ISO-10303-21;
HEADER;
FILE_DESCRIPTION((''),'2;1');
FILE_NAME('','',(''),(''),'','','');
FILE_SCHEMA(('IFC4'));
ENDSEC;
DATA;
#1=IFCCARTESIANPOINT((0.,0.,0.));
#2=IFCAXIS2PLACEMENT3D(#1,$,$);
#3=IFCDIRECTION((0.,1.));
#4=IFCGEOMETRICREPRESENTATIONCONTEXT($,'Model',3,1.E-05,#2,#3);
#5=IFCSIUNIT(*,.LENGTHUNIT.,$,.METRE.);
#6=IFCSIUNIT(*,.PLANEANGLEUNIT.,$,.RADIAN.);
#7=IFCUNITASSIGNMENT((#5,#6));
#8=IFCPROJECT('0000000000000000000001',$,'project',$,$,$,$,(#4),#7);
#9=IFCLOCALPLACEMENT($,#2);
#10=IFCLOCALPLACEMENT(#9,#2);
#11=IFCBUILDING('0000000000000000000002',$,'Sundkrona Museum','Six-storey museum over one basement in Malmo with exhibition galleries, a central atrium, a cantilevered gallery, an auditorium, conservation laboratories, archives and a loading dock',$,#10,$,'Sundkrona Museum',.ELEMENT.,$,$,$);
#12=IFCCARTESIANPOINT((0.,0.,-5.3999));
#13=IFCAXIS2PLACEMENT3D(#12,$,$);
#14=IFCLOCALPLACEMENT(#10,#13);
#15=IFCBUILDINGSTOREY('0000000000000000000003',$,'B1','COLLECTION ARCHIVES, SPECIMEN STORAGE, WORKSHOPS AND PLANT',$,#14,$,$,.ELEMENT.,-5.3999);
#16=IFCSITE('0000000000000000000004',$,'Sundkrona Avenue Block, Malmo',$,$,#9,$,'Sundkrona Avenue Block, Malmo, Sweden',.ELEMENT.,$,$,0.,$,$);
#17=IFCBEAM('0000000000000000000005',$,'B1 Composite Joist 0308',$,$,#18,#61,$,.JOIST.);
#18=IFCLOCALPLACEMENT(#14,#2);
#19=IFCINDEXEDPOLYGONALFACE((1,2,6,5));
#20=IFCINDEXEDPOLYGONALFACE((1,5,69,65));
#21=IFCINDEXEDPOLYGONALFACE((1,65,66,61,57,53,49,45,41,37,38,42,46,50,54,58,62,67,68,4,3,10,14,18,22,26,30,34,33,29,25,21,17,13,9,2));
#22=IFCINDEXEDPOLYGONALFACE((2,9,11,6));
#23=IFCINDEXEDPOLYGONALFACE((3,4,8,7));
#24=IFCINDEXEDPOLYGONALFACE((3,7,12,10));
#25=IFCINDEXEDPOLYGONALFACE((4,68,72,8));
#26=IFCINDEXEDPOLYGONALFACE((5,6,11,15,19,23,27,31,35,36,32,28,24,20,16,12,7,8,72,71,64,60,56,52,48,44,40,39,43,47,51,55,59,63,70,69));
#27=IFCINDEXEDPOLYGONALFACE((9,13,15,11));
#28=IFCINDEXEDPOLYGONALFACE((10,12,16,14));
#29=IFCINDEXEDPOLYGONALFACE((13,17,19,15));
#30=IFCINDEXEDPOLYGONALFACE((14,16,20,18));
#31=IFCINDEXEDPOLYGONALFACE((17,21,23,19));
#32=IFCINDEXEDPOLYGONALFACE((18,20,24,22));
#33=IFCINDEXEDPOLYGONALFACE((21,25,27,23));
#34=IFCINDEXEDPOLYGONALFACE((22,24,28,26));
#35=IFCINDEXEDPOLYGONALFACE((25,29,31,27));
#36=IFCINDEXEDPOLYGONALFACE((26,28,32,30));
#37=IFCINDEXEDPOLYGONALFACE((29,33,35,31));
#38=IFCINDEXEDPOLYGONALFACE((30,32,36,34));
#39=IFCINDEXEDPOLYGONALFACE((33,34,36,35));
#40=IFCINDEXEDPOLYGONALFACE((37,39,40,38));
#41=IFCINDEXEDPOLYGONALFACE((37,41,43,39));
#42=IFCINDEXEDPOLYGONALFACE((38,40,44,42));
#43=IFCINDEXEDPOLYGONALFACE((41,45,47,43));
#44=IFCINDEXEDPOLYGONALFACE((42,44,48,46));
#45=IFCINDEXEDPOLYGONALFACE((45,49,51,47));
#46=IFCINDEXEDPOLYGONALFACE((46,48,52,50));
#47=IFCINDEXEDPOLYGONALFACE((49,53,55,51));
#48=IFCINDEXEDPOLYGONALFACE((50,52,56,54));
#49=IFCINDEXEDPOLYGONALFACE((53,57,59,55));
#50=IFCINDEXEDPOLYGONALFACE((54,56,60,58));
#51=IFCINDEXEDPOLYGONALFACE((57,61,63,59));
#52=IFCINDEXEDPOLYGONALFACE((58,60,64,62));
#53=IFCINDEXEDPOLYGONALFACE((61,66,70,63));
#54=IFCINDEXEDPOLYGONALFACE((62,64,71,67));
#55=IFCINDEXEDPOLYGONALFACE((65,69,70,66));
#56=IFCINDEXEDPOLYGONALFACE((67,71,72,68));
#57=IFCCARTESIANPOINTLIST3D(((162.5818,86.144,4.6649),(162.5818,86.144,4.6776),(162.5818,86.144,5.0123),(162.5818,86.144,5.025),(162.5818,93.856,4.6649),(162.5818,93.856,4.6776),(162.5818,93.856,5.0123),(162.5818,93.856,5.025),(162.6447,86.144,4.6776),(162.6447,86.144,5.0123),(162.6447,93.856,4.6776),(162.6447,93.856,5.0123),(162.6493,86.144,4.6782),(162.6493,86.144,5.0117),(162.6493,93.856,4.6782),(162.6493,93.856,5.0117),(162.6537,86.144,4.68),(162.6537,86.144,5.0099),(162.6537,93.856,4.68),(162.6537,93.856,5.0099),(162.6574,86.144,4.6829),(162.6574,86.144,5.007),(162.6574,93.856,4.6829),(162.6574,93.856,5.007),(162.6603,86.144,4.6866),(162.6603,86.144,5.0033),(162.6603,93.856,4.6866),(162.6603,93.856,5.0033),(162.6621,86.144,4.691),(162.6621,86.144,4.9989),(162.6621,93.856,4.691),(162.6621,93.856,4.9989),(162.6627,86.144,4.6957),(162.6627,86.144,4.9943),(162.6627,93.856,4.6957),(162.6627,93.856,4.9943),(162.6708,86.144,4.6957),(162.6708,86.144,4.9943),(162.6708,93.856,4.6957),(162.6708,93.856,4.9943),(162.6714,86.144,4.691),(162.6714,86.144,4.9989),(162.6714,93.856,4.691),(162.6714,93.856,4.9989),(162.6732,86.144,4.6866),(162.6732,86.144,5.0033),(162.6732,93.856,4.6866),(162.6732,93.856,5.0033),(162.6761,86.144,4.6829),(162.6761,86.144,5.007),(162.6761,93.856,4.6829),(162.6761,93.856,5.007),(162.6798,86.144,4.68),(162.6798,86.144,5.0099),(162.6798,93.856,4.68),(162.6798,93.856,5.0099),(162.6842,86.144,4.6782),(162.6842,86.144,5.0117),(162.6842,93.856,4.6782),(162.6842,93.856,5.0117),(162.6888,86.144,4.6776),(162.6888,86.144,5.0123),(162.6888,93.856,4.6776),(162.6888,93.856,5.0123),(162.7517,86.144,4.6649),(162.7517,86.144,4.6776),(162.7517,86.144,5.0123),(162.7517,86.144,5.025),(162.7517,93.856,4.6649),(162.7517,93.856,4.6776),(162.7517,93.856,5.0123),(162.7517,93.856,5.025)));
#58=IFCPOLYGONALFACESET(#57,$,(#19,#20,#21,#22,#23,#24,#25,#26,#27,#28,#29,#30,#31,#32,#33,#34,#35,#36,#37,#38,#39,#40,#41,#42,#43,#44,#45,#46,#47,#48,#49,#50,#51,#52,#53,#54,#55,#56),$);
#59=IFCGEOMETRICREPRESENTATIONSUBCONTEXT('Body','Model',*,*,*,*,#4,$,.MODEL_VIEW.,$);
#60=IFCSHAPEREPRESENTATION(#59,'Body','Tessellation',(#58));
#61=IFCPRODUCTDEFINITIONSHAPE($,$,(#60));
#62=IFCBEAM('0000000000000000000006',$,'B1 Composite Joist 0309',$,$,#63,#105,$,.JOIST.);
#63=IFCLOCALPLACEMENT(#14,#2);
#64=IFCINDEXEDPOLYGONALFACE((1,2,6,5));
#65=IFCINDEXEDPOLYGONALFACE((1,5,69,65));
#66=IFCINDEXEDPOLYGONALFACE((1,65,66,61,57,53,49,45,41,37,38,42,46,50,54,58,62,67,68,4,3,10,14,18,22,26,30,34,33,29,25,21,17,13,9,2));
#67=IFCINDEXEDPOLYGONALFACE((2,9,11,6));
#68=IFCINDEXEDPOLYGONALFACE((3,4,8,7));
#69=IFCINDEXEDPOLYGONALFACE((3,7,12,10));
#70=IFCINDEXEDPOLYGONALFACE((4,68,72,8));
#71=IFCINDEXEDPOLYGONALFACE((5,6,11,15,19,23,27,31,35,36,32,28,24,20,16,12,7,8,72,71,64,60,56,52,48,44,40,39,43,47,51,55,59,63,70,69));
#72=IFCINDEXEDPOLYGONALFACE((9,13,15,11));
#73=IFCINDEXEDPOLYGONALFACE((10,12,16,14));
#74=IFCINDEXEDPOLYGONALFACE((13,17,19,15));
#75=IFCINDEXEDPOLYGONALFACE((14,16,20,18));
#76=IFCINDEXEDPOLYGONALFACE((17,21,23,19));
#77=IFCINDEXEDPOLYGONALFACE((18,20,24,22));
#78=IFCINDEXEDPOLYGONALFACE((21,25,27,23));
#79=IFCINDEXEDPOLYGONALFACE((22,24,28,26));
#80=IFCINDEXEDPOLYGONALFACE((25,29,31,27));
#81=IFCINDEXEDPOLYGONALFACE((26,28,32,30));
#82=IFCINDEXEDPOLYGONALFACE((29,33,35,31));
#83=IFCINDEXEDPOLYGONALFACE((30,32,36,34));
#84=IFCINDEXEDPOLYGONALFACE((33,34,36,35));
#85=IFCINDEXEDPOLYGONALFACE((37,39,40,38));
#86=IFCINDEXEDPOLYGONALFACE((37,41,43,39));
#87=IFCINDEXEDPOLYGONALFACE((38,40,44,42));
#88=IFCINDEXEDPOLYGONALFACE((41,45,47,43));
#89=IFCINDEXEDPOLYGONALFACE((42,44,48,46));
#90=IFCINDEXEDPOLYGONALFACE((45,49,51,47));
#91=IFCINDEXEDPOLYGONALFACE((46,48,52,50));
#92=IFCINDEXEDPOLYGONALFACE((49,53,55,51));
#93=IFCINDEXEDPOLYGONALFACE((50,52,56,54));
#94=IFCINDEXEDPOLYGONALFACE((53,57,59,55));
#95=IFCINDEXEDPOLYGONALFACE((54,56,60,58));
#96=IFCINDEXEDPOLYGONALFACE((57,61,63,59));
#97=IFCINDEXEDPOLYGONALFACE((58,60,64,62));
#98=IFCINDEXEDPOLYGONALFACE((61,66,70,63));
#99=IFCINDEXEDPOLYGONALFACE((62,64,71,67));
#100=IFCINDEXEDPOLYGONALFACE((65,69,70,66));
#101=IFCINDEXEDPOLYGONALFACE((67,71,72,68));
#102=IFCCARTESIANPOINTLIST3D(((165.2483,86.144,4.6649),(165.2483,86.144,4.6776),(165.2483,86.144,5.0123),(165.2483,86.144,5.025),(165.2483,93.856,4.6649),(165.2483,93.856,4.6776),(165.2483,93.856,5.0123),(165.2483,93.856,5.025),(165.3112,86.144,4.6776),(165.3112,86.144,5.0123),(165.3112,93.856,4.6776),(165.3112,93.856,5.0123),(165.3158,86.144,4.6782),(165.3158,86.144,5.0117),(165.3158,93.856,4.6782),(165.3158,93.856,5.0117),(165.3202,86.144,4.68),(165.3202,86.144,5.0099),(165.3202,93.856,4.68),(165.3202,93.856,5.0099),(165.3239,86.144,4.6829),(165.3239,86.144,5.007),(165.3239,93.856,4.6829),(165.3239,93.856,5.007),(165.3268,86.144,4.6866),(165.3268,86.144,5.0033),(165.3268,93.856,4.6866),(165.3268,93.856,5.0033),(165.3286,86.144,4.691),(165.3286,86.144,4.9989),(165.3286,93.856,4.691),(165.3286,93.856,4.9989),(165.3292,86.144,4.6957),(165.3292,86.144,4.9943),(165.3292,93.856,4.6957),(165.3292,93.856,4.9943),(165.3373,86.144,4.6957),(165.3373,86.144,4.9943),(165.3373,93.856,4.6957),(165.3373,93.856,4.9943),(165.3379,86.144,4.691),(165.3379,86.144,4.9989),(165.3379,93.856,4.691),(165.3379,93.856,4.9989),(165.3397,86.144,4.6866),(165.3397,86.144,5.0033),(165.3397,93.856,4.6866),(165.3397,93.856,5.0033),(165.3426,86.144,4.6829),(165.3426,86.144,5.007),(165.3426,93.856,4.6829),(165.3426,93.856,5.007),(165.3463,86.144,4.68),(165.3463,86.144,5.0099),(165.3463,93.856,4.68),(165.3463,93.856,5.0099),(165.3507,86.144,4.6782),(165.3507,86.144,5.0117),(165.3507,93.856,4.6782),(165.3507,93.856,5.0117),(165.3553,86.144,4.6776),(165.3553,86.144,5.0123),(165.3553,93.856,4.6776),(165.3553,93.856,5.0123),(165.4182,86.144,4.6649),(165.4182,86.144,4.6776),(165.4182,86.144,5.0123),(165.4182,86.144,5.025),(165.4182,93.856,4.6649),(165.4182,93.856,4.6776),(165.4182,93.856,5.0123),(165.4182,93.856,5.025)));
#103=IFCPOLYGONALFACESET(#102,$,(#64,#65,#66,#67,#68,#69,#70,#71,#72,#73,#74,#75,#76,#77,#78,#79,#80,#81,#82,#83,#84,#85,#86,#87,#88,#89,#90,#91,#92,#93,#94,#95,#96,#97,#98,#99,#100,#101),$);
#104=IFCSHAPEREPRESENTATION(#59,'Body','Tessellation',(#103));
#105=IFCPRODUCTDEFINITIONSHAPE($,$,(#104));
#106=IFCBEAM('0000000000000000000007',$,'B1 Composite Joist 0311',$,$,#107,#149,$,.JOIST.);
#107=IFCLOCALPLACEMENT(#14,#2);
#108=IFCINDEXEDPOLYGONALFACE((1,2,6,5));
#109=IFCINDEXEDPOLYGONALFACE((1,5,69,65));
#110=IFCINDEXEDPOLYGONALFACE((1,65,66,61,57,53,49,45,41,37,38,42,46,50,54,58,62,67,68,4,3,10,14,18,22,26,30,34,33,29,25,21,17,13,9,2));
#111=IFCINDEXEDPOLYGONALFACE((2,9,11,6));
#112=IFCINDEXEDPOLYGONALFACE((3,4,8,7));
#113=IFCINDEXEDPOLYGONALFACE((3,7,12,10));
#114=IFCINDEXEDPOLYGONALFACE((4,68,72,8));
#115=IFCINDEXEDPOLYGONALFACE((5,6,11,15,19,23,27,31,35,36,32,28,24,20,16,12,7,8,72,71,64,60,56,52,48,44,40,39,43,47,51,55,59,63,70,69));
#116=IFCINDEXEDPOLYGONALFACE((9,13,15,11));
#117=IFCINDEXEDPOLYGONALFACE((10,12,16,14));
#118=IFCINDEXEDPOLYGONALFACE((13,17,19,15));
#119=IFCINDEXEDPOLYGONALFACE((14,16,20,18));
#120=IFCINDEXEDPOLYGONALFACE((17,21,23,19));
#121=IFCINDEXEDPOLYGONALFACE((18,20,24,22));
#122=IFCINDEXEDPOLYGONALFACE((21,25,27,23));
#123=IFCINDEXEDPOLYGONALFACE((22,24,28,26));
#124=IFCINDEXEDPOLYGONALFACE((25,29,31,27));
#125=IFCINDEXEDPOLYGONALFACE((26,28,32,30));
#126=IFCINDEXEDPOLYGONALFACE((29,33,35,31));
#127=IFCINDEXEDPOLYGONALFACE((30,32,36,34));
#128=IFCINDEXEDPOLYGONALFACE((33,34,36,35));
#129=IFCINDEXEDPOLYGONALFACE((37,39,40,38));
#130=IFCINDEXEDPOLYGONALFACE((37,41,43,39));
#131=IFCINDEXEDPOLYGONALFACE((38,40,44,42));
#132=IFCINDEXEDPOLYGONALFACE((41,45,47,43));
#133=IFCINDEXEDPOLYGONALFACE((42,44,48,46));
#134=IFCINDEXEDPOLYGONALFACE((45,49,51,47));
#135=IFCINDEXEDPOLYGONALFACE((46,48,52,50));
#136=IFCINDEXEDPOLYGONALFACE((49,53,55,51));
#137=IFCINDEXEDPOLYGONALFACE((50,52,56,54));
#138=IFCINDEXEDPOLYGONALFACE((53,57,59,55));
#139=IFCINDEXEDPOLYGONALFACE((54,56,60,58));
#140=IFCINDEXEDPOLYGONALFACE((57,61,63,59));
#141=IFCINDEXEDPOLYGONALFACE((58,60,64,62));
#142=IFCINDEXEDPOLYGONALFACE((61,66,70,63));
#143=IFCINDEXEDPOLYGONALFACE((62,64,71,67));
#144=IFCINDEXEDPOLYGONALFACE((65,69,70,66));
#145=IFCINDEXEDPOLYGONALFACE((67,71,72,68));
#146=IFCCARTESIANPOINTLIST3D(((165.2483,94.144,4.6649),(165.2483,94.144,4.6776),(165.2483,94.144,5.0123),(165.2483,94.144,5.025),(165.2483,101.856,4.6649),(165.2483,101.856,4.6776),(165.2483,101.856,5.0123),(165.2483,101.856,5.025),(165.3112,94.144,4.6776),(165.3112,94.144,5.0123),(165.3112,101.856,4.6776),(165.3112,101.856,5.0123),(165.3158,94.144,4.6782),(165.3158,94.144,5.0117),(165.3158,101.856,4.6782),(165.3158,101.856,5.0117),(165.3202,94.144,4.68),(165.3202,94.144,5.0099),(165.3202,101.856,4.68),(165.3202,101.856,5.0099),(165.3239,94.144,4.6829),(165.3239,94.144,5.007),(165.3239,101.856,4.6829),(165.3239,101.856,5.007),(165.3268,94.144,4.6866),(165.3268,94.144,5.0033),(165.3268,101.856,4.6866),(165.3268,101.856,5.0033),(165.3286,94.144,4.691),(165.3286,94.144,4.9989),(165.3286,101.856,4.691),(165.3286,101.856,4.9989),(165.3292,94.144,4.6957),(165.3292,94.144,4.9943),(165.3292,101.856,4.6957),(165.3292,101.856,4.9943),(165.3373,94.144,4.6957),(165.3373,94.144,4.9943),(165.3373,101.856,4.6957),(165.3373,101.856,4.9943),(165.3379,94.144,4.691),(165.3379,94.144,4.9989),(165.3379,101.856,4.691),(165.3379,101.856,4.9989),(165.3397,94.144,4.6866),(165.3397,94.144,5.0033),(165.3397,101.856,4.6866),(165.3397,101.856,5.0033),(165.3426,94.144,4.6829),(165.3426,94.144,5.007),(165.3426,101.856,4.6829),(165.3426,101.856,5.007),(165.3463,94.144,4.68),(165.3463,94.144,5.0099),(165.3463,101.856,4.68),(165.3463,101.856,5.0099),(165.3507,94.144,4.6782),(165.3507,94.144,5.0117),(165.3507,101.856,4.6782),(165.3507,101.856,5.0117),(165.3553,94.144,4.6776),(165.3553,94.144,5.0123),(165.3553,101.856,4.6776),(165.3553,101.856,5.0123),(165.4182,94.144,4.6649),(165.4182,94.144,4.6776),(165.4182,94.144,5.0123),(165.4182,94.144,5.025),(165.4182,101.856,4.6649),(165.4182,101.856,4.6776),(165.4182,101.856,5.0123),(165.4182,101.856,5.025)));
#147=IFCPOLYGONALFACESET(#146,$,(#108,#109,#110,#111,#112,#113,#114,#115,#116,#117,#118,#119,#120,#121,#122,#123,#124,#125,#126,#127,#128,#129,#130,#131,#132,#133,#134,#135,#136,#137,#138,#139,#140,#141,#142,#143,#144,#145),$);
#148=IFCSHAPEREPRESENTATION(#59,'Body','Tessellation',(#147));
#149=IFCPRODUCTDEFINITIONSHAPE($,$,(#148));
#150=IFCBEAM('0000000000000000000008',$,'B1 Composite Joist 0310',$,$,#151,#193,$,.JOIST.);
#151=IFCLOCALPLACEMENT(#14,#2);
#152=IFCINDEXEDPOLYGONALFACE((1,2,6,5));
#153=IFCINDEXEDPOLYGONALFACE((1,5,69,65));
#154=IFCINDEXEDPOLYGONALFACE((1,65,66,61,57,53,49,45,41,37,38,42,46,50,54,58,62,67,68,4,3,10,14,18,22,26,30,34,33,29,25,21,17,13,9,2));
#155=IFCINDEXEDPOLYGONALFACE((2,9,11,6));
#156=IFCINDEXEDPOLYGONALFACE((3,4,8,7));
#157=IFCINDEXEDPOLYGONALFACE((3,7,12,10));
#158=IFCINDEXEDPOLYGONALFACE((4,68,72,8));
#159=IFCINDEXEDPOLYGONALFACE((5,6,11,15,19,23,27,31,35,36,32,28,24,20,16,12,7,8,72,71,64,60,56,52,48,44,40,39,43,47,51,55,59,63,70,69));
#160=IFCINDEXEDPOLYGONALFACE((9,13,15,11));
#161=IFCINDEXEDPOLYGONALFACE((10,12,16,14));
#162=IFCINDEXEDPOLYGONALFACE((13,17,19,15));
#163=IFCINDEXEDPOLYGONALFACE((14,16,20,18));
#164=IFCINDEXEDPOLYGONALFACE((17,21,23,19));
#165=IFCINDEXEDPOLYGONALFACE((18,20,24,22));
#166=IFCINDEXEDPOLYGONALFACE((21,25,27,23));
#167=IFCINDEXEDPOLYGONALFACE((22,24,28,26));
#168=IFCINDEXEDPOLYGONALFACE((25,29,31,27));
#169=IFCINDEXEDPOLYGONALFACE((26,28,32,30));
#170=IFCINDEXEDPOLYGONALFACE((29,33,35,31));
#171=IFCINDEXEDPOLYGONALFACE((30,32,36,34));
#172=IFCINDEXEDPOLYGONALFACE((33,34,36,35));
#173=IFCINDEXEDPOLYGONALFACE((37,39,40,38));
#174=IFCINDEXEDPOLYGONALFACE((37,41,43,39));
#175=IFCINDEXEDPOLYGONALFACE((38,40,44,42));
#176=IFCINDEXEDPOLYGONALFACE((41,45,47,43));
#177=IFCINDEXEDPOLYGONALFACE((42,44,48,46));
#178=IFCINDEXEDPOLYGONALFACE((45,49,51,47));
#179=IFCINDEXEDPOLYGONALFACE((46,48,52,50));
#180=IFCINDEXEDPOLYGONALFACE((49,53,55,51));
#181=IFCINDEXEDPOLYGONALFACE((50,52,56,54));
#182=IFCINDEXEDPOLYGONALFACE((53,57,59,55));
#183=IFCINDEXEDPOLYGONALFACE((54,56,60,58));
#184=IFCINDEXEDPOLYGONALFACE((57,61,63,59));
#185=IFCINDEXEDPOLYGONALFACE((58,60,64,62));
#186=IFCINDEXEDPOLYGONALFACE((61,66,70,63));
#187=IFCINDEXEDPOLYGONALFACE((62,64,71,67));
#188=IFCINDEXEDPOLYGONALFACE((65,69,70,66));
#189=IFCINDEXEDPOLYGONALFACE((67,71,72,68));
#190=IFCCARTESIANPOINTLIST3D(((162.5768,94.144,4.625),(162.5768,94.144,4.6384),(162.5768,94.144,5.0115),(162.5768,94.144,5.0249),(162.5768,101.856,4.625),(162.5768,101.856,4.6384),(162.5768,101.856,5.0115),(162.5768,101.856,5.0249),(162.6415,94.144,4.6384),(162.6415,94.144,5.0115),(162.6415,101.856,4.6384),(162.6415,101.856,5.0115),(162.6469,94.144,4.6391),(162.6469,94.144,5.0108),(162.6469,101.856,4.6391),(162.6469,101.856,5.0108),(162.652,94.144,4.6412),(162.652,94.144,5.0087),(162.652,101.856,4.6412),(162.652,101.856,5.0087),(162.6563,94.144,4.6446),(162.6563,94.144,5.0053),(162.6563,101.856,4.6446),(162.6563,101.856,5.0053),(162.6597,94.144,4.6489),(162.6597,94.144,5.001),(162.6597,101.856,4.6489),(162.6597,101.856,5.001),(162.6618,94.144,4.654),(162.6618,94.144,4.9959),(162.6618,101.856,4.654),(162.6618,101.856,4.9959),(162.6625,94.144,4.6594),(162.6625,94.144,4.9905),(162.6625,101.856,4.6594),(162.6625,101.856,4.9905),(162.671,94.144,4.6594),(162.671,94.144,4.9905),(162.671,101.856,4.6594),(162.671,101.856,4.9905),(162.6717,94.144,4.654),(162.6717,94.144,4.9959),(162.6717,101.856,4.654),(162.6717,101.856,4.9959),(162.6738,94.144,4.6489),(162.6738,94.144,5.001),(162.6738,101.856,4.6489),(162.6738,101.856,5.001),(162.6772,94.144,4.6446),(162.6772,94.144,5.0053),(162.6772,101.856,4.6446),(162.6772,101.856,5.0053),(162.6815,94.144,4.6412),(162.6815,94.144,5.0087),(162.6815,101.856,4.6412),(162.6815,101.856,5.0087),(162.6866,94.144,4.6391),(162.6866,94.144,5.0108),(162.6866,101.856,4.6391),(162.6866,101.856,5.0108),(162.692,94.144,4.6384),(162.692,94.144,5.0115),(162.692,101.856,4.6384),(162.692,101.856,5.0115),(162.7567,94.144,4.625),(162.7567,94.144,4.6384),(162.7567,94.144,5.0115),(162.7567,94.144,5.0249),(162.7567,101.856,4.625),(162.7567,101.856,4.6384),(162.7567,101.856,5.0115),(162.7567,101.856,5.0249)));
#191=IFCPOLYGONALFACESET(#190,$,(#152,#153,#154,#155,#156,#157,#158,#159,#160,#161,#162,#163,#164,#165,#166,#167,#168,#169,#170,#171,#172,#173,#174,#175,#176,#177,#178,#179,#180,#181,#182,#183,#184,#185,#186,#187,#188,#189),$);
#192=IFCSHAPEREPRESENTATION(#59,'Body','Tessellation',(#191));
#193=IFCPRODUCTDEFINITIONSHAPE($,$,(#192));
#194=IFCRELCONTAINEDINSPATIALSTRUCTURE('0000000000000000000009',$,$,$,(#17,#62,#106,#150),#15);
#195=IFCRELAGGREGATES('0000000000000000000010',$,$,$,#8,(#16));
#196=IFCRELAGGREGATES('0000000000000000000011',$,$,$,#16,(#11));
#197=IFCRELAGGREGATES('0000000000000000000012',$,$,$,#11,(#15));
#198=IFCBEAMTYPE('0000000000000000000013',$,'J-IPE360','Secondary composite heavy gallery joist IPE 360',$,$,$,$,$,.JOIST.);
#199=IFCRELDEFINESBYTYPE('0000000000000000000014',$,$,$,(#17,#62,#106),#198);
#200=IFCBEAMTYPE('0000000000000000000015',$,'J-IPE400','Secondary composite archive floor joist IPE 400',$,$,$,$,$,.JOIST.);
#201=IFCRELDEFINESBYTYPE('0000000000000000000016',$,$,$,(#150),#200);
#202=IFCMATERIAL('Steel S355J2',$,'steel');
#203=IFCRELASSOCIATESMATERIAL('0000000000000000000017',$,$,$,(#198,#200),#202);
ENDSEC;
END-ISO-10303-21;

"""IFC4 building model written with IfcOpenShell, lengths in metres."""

from ifc_helpers import new_model, si_unit, direction, frame, origin, origin_2d, place, context, subcontext, project, spatial, i_section, extrude, material, material_profile, profile_set, type_object, element, save


model = new_model("IFC4")

# Units and contexts
model_context = context("Model", 3, precision=1e-05, world=origin(), true_north=direction((0.0, 1.0)))
body_context = subcontext(model_context, "Body", "Model", "MODEL_VIEW")
ifc_project = project(units=[si_unit("LENGTHUNIT", "METRE"), si_unit("PLANEANGLEUNIT", "RADIAN")], contexts=[model_context])

# Site, building, storey
site_placement = place(None, origin())
site = spatial("IfcSite", under=ifc_project, at=site_placement, Name="Sundkrona Avenue Block, Malmo", LongName="Sundkrona Avenue Block, Malmo, Sweden", CompositionType="ELEMENT", RefElevation=0.0)
building_placement = place(site_placement, origin())
building = spatial("IfcBuilding", under=site, at=building_placement, Name="Sundkrona Museum", Description="Six-storey museum over one basement in Malmo with exhibition galleries, a central atrium, a cantilevered gallery, an auditorium, conservation laboratories, archives and a loading dock", LongName="Sundkrona Museum", CompositionType="ELEMENT")
storey_placement = place(building_placement, frame((0.0, 0.0, -5.3999)))
storey = spatial("IfcBuildingStorey", under=building, at=storey_placement, Name="B1", Description="COLLECTION ARCHIVES, SPECIMEN STORAGE, WORKSHOPS AND PLANT", CompositionType="ELEMENT", Elevation=-5.3999)

# Beams
ifc_material_1 = material(Name="Steel S355J2", Category="steel")
ifc_material_profile_1 = material_profile(ifc_material_1, i_section(OverallWidth=0.1699, OverallDepth=0.3601, WebThickness=0.0081, FlangeThickness=0.0127, FilletRadius=0.0181, at=origin_2d()), Name="IPE 360")
ifc_profile_set_1 = profile_set([ifc_material_profile_1], Name="Steel S355J2")
beam_type_1 = type_object("IfcBeamType", Name="J-IPE360", Description="Secondary composite heavy gallery joist IPE 360", PredefinedType="JOIST", material=ifc_profile_set_1)
for number, where, z_axis, x_axis, name in (
    (1, (162.6667, 86.144, 4.845), (0.0, 1.0, 0.0), (-1.0, 0.0, 0.0), "B1 Composite Joist 0308"),
    (2, (165.3333, 86.144, 4.845), (0.0, 1.0, 0.0), (-1.0, 0.0, 0.0), "B1 Composite Joist 0309"),
    (3, (165.3333, 94.144, 4.845), (0.0, 1.0, 0.0), (-1.0, 0.0, 0.0), "B1 Composite Joist 0311"),
):
    element("IfcBeam", number, at=place(storey_placement, frame(where, z_axis=z_axis, x_axis=x_axis)), inside=storey, type_object=beam_type_1, Name=name, PredefinedType="JOIST", context=body_context, shape_type="SweptSolid", body=[
        extrude(i_section(OverallWidth=0.1699, OverallDepth=0.3601, WebThickness=0.0081, FlangeThickness=0.0127, FilletRadius=0.0181, at=origin_2d()), origin(), (0.0, 0.0, 1.0), 7.7119),
    ])
ifc_material_profile_2 = material_profile(ifc_material_1, i_section(OverallWidth=0.1799, OverallDepth=0.3999, WebThickness=0.0085, FlangeThickness=0.0134, FilletRadius=0.021, at=origin_2d()), Name="IPE 400")
ifc_profile_set_2 = profile_set([ifc_material_profile_2], Name="Steel S355J2")
beam_type_2 = type_object("IfcBeamType", Name="J-IPE400", Description="Secondary composite archive floor joist IPE 400", PredefinedType="JOIST", material=ifc_profile_set_2)
beam_1_placement = place(storey_placement, frame((162.6667, 94.144, 4.825), z_axis=(0.0, 1.0, 0.0), x_axis=(-1.0, 0.0, 0.0)))
element("IfcBeam", 4, at=beam_1_placement, inside=storey, type_object=beam_type_2, Name="B1 Composite Joist 0310", PredefinedType="JOIST", context=body_context, shape_type="SweptSolid", body=[
    extrude(i_section(OverallWidth=0.1799, OverallDepth=0.3999, WebThickness=0.0085, FlangeThickness=0.0134, FilletRadius=0.021, at=origin_2d()), origin(), (0.0, 0.0, 1.0), 7.7119),
])

save(model, "model.ifc")
